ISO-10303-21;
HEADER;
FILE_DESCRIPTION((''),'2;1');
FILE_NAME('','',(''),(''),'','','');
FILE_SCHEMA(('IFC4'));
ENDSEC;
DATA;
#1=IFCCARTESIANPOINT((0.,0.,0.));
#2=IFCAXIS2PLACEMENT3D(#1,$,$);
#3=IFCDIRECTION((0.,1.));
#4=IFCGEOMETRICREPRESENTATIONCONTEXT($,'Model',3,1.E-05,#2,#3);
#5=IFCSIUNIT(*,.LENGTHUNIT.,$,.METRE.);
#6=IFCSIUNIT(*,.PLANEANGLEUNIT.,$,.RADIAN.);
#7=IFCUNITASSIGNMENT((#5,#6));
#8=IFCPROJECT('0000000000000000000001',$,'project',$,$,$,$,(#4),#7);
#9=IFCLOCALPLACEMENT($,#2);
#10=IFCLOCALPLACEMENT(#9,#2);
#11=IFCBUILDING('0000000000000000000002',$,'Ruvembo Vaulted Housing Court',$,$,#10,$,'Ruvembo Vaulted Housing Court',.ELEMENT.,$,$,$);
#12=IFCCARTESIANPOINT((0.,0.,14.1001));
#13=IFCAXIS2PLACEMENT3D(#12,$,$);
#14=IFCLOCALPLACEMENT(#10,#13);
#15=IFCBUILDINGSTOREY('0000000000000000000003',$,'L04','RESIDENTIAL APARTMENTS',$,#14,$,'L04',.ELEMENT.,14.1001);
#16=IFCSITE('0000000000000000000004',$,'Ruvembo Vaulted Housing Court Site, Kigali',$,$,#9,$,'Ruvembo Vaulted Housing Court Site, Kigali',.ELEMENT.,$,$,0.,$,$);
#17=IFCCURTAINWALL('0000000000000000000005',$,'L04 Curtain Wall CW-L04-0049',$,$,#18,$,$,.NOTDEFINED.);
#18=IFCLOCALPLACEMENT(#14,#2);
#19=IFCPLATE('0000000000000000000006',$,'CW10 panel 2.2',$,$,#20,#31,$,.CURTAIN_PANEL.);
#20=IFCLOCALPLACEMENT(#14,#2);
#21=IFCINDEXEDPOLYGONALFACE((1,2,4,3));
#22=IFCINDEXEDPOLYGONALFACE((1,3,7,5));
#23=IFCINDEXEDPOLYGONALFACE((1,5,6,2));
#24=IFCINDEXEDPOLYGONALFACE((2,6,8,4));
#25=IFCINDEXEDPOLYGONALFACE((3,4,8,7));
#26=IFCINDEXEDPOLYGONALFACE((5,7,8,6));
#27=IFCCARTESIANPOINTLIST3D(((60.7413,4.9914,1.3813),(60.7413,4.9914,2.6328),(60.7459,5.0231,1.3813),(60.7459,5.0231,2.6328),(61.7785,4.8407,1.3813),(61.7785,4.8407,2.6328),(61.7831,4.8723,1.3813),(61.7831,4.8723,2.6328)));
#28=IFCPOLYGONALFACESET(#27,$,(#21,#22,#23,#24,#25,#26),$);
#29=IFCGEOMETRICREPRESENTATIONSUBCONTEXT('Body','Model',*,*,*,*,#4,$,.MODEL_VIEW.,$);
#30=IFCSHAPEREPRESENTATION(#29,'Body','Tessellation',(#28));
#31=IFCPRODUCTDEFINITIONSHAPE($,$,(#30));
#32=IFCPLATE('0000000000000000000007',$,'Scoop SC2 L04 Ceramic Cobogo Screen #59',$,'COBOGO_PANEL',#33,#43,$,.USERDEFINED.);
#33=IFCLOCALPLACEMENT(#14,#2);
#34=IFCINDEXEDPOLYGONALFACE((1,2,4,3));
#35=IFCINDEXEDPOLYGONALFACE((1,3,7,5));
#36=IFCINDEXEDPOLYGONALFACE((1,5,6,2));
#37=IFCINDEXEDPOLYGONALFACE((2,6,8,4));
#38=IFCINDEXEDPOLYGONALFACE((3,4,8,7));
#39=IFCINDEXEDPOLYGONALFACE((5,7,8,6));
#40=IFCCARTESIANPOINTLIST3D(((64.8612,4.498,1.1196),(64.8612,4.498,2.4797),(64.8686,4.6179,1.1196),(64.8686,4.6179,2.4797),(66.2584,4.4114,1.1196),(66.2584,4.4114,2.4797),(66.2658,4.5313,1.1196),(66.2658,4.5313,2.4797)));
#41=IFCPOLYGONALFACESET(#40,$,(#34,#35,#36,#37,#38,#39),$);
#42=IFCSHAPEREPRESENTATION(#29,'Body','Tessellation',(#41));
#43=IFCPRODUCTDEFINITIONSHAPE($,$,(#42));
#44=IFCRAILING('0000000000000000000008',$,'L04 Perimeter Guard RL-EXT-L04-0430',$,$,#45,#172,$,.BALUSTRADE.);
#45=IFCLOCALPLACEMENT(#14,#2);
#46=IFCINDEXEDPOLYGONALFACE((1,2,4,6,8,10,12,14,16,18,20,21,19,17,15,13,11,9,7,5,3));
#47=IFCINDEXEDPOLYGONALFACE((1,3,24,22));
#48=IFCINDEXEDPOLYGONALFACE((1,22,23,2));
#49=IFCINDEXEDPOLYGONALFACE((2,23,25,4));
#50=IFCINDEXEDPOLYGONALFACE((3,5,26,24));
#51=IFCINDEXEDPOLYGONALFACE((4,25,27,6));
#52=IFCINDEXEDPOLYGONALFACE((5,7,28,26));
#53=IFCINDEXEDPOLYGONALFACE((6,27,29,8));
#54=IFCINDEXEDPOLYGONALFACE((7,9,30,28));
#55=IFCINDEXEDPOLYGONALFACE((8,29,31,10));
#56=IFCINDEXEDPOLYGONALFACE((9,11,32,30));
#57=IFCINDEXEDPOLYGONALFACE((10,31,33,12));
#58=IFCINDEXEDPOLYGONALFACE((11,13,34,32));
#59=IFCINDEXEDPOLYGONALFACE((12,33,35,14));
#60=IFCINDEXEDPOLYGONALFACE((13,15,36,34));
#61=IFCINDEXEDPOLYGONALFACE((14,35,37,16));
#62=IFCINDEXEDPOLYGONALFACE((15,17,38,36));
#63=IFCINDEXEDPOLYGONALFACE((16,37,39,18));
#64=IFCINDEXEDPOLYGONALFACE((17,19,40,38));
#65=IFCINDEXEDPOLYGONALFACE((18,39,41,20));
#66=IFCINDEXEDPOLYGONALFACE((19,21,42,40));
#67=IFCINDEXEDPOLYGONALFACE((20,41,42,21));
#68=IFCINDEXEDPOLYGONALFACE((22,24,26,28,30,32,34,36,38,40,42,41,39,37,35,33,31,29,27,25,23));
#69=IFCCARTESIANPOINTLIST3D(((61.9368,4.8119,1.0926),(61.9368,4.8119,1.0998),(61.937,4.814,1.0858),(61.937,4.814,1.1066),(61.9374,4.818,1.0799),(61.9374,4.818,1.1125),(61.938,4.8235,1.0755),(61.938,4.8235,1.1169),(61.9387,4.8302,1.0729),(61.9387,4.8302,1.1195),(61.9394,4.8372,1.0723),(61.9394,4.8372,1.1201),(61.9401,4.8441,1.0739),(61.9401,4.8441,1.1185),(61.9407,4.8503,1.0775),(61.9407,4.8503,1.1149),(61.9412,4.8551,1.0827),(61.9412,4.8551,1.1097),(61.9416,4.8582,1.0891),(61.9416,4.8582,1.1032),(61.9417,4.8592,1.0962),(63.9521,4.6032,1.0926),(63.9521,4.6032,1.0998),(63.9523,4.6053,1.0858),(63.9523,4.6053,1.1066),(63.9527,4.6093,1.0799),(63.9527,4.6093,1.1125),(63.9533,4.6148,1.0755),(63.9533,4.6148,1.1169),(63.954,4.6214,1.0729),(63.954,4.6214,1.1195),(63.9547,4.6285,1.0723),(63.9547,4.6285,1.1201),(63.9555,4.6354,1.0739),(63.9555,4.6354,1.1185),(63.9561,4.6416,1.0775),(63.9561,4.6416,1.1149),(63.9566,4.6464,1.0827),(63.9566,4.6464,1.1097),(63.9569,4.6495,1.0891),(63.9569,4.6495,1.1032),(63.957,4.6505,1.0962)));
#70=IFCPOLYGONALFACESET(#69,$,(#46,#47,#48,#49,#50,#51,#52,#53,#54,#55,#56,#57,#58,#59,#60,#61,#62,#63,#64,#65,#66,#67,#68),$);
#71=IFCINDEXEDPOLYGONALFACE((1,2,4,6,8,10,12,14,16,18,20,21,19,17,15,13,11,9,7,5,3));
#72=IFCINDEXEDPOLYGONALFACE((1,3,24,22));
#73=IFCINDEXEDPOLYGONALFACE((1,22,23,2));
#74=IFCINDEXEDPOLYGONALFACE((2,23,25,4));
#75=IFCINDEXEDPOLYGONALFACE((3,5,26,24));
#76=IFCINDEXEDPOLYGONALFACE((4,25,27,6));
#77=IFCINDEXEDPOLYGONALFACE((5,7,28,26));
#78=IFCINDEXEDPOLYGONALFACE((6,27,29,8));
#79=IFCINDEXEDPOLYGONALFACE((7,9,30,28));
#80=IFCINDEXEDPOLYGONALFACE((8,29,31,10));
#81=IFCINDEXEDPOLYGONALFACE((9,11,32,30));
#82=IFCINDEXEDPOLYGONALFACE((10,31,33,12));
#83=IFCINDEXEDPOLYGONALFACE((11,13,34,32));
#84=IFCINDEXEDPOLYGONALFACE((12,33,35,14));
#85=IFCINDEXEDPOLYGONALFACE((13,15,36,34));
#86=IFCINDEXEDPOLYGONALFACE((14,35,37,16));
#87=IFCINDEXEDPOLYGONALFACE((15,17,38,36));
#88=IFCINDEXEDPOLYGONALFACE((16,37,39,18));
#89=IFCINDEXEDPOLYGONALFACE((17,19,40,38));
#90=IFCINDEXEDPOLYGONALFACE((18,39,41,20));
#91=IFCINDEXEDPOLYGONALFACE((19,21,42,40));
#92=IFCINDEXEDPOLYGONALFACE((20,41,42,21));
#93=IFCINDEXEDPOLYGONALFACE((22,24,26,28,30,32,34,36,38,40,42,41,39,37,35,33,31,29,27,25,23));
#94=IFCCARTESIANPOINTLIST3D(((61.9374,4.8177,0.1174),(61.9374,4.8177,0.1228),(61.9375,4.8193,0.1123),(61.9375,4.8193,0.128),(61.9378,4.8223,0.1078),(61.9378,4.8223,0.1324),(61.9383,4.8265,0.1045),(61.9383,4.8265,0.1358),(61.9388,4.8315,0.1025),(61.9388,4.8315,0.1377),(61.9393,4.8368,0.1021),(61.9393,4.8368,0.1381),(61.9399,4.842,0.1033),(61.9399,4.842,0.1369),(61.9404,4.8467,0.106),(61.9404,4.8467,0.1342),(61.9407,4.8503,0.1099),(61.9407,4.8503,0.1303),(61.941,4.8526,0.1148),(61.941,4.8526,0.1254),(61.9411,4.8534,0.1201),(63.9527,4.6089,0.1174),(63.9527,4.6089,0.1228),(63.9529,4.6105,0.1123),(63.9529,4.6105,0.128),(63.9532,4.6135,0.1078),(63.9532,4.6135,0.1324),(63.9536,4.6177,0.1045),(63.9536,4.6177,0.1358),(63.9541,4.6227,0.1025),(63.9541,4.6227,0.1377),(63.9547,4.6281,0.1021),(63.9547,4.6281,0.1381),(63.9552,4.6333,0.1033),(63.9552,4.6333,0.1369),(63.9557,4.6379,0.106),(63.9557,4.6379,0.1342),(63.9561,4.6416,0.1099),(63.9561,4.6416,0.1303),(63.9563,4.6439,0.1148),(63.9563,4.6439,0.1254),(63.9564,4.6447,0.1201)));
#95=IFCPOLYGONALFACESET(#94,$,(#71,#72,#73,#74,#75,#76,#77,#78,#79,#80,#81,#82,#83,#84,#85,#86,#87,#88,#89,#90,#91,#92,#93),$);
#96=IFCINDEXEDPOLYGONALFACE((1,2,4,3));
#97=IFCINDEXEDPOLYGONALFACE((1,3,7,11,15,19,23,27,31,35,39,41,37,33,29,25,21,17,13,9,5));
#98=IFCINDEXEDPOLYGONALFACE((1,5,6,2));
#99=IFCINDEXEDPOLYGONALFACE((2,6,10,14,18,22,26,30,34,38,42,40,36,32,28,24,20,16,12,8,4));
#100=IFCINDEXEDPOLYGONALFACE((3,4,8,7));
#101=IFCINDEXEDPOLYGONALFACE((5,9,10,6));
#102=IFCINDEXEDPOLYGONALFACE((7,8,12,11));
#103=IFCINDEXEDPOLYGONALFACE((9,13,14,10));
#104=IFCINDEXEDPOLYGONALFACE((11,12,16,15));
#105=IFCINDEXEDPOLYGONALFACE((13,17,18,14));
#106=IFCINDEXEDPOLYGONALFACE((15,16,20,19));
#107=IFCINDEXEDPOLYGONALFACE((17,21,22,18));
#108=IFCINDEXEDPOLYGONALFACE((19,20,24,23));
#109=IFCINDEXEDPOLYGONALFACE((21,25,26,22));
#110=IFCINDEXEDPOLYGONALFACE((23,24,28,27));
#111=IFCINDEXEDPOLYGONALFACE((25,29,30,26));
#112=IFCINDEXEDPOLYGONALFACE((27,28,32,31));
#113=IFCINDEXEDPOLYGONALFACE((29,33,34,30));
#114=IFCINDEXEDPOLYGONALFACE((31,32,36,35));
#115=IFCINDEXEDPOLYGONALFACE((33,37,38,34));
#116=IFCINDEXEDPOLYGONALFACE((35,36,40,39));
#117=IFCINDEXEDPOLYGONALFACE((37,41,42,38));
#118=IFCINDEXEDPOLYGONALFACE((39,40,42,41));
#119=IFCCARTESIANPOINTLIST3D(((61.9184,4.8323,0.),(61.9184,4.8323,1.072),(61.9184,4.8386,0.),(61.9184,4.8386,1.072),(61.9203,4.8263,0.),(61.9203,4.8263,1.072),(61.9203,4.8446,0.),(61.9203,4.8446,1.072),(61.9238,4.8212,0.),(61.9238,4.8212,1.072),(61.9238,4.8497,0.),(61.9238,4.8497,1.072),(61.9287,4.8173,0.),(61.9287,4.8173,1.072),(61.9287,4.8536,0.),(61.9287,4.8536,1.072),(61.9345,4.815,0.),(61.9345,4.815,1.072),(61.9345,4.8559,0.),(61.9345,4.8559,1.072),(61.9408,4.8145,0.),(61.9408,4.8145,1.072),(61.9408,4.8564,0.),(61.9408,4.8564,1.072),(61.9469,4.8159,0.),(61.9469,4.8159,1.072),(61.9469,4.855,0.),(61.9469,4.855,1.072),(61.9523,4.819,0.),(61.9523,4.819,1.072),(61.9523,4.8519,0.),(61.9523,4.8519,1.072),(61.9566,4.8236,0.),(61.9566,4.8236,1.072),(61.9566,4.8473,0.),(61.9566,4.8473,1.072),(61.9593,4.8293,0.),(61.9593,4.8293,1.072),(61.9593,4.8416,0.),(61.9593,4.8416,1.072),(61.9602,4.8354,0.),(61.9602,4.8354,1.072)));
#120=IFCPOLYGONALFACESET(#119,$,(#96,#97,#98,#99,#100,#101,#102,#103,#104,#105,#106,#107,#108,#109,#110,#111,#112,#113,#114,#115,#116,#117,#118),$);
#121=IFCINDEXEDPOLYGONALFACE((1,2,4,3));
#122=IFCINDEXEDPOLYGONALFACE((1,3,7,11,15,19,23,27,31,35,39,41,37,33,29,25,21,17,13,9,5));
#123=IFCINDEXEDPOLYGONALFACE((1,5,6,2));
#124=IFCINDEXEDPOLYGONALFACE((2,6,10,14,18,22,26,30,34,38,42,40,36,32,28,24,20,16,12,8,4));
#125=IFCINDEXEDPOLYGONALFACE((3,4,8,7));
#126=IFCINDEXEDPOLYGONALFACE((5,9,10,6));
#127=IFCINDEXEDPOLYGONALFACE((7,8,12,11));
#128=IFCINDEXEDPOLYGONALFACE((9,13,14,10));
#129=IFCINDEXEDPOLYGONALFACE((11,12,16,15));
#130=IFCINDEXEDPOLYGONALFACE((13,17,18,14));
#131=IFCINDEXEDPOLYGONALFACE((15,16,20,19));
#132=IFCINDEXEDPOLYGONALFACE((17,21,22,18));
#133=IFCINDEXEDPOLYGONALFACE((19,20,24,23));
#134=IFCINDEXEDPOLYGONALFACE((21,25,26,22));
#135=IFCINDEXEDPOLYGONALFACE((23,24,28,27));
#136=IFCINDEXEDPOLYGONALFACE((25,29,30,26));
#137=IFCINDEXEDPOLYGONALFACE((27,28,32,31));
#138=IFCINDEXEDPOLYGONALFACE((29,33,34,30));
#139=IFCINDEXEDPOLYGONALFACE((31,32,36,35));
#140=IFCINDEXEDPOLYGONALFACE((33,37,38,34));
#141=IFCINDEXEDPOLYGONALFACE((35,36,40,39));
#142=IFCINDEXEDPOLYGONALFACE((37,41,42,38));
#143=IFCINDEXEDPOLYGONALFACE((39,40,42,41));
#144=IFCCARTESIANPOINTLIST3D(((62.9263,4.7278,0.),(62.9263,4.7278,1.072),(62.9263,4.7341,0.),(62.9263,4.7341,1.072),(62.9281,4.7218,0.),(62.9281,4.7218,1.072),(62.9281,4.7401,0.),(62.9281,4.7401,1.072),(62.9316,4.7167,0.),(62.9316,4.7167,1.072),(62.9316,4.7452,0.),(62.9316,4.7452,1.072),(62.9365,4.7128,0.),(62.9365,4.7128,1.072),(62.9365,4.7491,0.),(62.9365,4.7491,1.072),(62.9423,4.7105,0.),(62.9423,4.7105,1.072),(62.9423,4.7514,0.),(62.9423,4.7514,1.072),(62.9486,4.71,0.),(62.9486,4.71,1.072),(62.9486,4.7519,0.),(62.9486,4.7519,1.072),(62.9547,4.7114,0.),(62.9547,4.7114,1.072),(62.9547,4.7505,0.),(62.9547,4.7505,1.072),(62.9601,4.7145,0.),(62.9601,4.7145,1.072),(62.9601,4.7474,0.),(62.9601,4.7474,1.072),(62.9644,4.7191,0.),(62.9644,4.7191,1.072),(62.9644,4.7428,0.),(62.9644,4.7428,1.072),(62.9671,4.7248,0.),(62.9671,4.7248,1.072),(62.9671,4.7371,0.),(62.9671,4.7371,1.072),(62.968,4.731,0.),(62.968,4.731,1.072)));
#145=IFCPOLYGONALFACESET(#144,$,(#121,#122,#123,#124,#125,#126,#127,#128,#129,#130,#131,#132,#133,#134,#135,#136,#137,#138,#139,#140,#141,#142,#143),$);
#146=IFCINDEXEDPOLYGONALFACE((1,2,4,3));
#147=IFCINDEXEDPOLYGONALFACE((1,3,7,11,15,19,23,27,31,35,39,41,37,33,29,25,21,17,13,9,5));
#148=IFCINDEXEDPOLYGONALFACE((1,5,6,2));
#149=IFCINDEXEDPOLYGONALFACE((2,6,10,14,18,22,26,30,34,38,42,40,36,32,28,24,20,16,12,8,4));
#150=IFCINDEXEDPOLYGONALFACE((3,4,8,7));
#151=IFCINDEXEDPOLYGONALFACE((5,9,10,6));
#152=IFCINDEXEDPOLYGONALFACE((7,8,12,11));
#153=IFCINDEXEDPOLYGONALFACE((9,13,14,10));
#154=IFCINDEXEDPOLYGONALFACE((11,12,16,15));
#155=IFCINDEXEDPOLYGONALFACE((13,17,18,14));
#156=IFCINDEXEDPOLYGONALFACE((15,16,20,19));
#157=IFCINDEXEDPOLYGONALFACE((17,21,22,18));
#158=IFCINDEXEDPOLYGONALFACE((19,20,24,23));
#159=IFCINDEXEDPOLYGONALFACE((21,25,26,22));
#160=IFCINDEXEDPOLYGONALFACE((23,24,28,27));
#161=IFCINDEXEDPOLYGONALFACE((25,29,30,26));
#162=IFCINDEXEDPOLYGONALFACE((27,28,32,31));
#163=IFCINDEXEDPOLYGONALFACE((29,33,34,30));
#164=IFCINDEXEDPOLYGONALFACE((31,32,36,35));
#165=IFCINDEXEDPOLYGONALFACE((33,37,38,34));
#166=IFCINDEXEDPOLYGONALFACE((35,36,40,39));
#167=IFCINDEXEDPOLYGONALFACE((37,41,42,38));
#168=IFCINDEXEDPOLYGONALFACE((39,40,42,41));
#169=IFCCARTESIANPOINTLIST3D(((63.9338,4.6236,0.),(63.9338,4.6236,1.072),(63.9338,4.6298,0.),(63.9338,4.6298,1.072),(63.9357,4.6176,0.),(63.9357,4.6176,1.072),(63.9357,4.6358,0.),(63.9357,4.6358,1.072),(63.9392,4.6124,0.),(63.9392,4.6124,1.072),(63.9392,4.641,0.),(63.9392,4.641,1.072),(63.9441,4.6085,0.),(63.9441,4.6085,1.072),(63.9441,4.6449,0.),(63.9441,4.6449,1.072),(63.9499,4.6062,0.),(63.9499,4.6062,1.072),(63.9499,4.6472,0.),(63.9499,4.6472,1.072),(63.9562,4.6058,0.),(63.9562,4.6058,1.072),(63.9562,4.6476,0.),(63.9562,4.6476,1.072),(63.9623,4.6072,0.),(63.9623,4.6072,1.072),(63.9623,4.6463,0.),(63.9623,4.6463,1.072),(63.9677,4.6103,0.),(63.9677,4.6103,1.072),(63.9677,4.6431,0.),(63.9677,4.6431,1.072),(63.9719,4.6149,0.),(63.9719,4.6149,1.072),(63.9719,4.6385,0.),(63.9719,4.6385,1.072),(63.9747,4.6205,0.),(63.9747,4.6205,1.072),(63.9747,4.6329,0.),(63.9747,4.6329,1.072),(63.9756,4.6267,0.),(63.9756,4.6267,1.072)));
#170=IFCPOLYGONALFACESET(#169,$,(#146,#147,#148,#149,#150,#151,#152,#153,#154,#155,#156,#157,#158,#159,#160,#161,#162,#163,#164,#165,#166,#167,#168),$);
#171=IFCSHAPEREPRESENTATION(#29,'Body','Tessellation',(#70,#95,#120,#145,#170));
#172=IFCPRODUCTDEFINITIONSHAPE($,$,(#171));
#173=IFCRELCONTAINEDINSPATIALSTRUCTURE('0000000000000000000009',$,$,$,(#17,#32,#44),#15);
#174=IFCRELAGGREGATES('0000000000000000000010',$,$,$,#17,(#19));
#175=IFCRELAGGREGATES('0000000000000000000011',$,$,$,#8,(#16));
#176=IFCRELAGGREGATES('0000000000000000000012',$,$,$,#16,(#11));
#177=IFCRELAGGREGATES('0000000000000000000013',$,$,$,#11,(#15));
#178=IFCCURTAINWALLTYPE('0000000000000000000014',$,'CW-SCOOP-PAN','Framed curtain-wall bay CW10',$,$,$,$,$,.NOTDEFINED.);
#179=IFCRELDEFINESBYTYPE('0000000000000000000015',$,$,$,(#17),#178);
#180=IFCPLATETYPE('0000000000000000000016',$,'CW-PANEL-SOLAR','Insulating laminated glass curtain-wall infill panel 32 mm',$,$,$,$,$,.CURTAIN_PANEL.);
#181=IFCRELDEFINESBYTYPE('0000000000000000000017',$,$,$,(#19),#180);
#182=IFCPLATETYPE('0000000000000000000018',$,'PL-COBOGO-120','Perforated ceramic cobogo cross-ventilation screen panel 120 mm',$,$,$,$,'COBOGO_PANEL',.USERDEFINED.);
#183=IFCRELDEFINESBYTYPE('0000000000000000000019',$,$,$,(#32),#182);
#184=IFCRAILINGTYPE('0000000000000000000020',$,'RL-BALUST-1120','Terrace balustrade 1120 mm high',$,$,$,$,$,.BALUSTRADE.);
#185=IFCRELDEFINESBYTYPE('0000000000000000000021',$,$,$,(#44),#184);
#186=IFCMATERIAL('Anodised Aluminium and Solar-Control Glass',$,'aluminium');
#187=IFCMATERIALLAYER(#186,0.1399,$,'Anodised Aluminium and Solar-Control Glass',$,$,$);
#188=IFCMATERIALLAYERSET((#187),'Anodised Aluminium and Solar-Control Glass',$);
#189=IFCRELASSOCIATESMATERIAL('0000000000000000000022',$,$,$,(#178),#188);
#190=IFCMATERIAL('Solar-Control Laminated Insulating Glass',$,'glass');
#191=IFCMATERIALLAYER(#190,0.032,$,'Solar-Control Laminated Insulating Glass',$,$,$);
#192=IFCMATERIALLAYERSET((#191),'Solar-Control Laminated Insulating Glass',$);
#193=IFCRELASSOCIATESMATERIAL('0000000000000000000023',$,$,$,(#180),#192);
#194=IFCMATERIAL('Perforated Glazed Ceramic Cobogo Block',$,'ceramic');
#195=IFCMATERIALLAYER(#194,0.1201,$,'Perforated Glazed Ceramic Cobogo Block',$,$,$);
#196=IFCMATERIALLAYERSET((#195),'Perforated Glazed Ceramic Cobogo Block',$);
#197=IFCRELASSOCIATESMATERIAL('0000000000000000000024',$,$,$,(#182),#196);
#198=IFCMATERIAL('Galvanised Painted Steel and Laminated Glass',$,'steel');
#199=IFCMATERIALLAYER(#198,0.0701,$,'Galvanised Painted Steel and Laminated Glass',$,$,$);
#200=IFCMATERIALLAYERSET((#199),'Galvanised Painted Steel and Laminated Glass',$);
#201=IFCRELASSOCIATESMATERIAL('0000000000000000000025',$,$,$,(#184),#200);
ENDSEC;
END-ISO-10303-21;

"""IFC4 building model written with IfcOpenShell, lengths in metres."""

from ifc_helpers import new_model, si_unit, direction, frame, origin, origin_2d, place, context, subcontext, project, spatial, rectangle, circle, extrude, material, layer, layer_set, type_object, element, aggregate, save


model = new_model("IFC4")

# Units and contexts
model_context = context("Model", 3, precision=1e-05, world=origin(), true_north=direction((0.0, 1.0)))
body_context = subcontext(model_context, "Body", "Model", "MODEL_VIEW")
ifc_project = project(units=[si_unit("LENGTHUNIT", "METRE"), si_unit("PLANEANGLEUNIT", "RADIAN")], contexts=[model_context])

# Site, building, storey
site_placement = place(None, origin())
site = spatial("IfcSite", under=ifc_project, at=site_placement, Name="Ruvembo Vaulted Housing Court Site, Kigali", LongName="Ruvembo Vaulted Housing Court Site, Kigali", CompositionType="ELEMENT", RefElevation=0.0)
building_placement = place(site_placement, origin())
building = spatial("IfcBuilding", under=site, at=building_placement, Name="Ruvembo Vaulted Housing Court", LongName="Ruvembo Vaulted Housing Court", CompositionType="ELEMENT")
storey_placement = place(building_placement, frame((0.0, 0.0, 14.1001)))
storey = spatial("IfcBuildingStorey", under=building, at=storey_placement, Name="L04", Description="RESIDENTIAL APARTMENTS", LongName="L04", CompositionType="ELEMENT", Elevation=14.1001)

# Curtain wall, plate
ifc_material_1 = material(Name="Anodised Aluminium and Solar-Control Glass", Category="aluminium")
ifc_layer_1 = layer(ifc_material_1, 0.1399, Name="Anodised Aluminium and Solar-Control Glass")
ifc_layer_set_1 = layer_set([ifc_layer_1], Name="Anodised Aluminium and Solar-Control Glass")
curtain_wall_type = type_object("IfcCurtainWallType", Name="CW-SCOOP-PAN", Description="Framed curtain-wall bay CW10", PredefinedType="NOTDEFINED", material=ifc_layer_set_1)
curtain_wall_placement = place(storey_placement, origin())
curtain_wall = element("IfcCurtainWall", 1, at=curtain_wall_placement, inside=storey, type_object=curtain_wall_type, Name="L04 Curtain Wall CW-L04-0049", PredefinedType="NOTDEFINED")
ifc_material_2 = material(Name="Solar-Control Laminated Insulating Glass", Category="glass")
ifc_layer_2 = layer(ifc_material_2, 0.032, Name="Solar-Control Laminated Insulating Glass")
ifc_layer_set_2 = layer_set([ifc_layer_2], Name="Solar-Control Laminated Insulating Glass")
plate_type_1 = type_object("IfcPlateType", Name="CW-PANEL-SOLAR", Description="Insulating laminated glass curtain-wall infill panel 32 mm", PredefinedType="CURTAIN_PANEL", material=ifc_layer_set_2)
plate_1_placement = place(storey_placement, frame((61.2622, 4.9319, 1.3813), z_axis=(0.0, 0.0, 1.0), x_axis=(0.989599, -0.143851, 0.0)))
plate_1 = element("IfcPlate", 2, at=plate_1_placement, type_object=plate_type_1, Name="CW10 panel 2.2", PredefinedType="CURTAIN_PANEL", context=body_context, shape_type="SweptSolid", body=[
    extrude(rectangle(XDim=1.0481, YDim=0.032, at=origin_2d()), origin(), (0.0, 0.0, 1.0), 1.2515),
])
aggregate(curtain_wall, [plate_1])

# Plate
ifc_material_3 = material(Name="Perforated Glazed Ceramic Cobogo Block", Category="ceramic")
ifc_layer_3 = layer(ifc_material_3, 0.1201, Name="Perforated Glazed Ceramic Cobogo Block")
ifc_layer_set_3 = layer_set([ifc_layer_3], Name="Perforated Glazed Ceramic Cobogo Block")
plate_type_2 = type_object("IfcPlateType", Name="PL-COBOGO-120", Description="Perforated ceramic cobogo cross-ventilation screen panel 120 mm", ElementType="COBOGO_PANEL", PredefinedType="USERDEFINED", material=ifc_layer_set_3)
plate_2_placement = place(storey_placement, frame((65.5635, 4.5146, 1.1196), z_axis=(0.0, 0.0, 1.0), x_axis=(0.998087, -0.061832, 0.0)))
element("IfcPlate", 3, at=plate_2_placement, inside=storey, type_object=plate_type_2, Name="Scoop SC2 L04 Ceramic Cobogo Screen #59", ObjectType="COBOGO_PANEL", PredefinedType="USERDEFINED", context=body_context, shape_type="SweptSolid", body=[
    extrude(rectangle(XDim=1.3999, YDim=0.1201, at=origin_2d()), origin(), (0.0, 0.0, 1.0), 1.3601),
])

# Railing
ifc_material_4 = material(Name="Galvanised Painted Steel and Laminated Glass", Category="steel")
ifc_layer_4 = layer(ifc_material_4, 0.0701, Name="Galvanised Painted Steel and Laminated Glass")
ifc_layer_set_4 = layer_set([ifc_layer_4], Name="Galvanised Painted Steel and Laminated Glass")
railing_type = type_object("IfcRailingType", Name="RL-BALUST-1120", Description="Terrace balustrade 1120 mm high", PredefinedType="BALUSTRADE", material=ifc_layer_set_4)
railing_1_placement = place(storey_placement, frame((61.9392, 4.8354, 0.0)))
element("IfcRailing", 4, at=railing_1_placement, inside=storey, type_object=railing_type, Name="L04 Perimeter Guard RL-EXT-L04-0430", PredefinedType="BALUSTRADE", context=body_context, shape_type="SweptSolid", body=[
    extrude(circle(Radius=0.0239, at=origin_2d()), frame((0.0, 0.0, 1.0962), z_axis=(0.994679, -0.103022, 0.0), x_axis=(0.103022, 0.994679, 0.0)), (0.0, 0.0, 1.0), 2.0261),
    extrude(circle(Radius=0.0181, at=origin_2d()), frame((0.0, 0.0, 0.1201), z_axis=(0.994679, -0.103022, 0.0), x_axis=(0.103022, 0.994679, 0.0)), (0.0, 0.0, 1.0), 2.0261),
    extrude(circle(Radius=0.021, at=origin_2d()), origin(), (0.0, 0.0, 1.0), 1.072),
    extrude(circle(Radius=0.021, at=origin_2d()), frame((1.0078, -0.1045, 0.0)), (0.0, 0.0, 1.0), 1.072),
    extrude(circle(Radius=0.021, at=origin_2d()), frame((2.0154, -0.2087, 0.0)), (0.0, 0.0, 1.0), 1.072),
])

save(model, "model.ifc")
